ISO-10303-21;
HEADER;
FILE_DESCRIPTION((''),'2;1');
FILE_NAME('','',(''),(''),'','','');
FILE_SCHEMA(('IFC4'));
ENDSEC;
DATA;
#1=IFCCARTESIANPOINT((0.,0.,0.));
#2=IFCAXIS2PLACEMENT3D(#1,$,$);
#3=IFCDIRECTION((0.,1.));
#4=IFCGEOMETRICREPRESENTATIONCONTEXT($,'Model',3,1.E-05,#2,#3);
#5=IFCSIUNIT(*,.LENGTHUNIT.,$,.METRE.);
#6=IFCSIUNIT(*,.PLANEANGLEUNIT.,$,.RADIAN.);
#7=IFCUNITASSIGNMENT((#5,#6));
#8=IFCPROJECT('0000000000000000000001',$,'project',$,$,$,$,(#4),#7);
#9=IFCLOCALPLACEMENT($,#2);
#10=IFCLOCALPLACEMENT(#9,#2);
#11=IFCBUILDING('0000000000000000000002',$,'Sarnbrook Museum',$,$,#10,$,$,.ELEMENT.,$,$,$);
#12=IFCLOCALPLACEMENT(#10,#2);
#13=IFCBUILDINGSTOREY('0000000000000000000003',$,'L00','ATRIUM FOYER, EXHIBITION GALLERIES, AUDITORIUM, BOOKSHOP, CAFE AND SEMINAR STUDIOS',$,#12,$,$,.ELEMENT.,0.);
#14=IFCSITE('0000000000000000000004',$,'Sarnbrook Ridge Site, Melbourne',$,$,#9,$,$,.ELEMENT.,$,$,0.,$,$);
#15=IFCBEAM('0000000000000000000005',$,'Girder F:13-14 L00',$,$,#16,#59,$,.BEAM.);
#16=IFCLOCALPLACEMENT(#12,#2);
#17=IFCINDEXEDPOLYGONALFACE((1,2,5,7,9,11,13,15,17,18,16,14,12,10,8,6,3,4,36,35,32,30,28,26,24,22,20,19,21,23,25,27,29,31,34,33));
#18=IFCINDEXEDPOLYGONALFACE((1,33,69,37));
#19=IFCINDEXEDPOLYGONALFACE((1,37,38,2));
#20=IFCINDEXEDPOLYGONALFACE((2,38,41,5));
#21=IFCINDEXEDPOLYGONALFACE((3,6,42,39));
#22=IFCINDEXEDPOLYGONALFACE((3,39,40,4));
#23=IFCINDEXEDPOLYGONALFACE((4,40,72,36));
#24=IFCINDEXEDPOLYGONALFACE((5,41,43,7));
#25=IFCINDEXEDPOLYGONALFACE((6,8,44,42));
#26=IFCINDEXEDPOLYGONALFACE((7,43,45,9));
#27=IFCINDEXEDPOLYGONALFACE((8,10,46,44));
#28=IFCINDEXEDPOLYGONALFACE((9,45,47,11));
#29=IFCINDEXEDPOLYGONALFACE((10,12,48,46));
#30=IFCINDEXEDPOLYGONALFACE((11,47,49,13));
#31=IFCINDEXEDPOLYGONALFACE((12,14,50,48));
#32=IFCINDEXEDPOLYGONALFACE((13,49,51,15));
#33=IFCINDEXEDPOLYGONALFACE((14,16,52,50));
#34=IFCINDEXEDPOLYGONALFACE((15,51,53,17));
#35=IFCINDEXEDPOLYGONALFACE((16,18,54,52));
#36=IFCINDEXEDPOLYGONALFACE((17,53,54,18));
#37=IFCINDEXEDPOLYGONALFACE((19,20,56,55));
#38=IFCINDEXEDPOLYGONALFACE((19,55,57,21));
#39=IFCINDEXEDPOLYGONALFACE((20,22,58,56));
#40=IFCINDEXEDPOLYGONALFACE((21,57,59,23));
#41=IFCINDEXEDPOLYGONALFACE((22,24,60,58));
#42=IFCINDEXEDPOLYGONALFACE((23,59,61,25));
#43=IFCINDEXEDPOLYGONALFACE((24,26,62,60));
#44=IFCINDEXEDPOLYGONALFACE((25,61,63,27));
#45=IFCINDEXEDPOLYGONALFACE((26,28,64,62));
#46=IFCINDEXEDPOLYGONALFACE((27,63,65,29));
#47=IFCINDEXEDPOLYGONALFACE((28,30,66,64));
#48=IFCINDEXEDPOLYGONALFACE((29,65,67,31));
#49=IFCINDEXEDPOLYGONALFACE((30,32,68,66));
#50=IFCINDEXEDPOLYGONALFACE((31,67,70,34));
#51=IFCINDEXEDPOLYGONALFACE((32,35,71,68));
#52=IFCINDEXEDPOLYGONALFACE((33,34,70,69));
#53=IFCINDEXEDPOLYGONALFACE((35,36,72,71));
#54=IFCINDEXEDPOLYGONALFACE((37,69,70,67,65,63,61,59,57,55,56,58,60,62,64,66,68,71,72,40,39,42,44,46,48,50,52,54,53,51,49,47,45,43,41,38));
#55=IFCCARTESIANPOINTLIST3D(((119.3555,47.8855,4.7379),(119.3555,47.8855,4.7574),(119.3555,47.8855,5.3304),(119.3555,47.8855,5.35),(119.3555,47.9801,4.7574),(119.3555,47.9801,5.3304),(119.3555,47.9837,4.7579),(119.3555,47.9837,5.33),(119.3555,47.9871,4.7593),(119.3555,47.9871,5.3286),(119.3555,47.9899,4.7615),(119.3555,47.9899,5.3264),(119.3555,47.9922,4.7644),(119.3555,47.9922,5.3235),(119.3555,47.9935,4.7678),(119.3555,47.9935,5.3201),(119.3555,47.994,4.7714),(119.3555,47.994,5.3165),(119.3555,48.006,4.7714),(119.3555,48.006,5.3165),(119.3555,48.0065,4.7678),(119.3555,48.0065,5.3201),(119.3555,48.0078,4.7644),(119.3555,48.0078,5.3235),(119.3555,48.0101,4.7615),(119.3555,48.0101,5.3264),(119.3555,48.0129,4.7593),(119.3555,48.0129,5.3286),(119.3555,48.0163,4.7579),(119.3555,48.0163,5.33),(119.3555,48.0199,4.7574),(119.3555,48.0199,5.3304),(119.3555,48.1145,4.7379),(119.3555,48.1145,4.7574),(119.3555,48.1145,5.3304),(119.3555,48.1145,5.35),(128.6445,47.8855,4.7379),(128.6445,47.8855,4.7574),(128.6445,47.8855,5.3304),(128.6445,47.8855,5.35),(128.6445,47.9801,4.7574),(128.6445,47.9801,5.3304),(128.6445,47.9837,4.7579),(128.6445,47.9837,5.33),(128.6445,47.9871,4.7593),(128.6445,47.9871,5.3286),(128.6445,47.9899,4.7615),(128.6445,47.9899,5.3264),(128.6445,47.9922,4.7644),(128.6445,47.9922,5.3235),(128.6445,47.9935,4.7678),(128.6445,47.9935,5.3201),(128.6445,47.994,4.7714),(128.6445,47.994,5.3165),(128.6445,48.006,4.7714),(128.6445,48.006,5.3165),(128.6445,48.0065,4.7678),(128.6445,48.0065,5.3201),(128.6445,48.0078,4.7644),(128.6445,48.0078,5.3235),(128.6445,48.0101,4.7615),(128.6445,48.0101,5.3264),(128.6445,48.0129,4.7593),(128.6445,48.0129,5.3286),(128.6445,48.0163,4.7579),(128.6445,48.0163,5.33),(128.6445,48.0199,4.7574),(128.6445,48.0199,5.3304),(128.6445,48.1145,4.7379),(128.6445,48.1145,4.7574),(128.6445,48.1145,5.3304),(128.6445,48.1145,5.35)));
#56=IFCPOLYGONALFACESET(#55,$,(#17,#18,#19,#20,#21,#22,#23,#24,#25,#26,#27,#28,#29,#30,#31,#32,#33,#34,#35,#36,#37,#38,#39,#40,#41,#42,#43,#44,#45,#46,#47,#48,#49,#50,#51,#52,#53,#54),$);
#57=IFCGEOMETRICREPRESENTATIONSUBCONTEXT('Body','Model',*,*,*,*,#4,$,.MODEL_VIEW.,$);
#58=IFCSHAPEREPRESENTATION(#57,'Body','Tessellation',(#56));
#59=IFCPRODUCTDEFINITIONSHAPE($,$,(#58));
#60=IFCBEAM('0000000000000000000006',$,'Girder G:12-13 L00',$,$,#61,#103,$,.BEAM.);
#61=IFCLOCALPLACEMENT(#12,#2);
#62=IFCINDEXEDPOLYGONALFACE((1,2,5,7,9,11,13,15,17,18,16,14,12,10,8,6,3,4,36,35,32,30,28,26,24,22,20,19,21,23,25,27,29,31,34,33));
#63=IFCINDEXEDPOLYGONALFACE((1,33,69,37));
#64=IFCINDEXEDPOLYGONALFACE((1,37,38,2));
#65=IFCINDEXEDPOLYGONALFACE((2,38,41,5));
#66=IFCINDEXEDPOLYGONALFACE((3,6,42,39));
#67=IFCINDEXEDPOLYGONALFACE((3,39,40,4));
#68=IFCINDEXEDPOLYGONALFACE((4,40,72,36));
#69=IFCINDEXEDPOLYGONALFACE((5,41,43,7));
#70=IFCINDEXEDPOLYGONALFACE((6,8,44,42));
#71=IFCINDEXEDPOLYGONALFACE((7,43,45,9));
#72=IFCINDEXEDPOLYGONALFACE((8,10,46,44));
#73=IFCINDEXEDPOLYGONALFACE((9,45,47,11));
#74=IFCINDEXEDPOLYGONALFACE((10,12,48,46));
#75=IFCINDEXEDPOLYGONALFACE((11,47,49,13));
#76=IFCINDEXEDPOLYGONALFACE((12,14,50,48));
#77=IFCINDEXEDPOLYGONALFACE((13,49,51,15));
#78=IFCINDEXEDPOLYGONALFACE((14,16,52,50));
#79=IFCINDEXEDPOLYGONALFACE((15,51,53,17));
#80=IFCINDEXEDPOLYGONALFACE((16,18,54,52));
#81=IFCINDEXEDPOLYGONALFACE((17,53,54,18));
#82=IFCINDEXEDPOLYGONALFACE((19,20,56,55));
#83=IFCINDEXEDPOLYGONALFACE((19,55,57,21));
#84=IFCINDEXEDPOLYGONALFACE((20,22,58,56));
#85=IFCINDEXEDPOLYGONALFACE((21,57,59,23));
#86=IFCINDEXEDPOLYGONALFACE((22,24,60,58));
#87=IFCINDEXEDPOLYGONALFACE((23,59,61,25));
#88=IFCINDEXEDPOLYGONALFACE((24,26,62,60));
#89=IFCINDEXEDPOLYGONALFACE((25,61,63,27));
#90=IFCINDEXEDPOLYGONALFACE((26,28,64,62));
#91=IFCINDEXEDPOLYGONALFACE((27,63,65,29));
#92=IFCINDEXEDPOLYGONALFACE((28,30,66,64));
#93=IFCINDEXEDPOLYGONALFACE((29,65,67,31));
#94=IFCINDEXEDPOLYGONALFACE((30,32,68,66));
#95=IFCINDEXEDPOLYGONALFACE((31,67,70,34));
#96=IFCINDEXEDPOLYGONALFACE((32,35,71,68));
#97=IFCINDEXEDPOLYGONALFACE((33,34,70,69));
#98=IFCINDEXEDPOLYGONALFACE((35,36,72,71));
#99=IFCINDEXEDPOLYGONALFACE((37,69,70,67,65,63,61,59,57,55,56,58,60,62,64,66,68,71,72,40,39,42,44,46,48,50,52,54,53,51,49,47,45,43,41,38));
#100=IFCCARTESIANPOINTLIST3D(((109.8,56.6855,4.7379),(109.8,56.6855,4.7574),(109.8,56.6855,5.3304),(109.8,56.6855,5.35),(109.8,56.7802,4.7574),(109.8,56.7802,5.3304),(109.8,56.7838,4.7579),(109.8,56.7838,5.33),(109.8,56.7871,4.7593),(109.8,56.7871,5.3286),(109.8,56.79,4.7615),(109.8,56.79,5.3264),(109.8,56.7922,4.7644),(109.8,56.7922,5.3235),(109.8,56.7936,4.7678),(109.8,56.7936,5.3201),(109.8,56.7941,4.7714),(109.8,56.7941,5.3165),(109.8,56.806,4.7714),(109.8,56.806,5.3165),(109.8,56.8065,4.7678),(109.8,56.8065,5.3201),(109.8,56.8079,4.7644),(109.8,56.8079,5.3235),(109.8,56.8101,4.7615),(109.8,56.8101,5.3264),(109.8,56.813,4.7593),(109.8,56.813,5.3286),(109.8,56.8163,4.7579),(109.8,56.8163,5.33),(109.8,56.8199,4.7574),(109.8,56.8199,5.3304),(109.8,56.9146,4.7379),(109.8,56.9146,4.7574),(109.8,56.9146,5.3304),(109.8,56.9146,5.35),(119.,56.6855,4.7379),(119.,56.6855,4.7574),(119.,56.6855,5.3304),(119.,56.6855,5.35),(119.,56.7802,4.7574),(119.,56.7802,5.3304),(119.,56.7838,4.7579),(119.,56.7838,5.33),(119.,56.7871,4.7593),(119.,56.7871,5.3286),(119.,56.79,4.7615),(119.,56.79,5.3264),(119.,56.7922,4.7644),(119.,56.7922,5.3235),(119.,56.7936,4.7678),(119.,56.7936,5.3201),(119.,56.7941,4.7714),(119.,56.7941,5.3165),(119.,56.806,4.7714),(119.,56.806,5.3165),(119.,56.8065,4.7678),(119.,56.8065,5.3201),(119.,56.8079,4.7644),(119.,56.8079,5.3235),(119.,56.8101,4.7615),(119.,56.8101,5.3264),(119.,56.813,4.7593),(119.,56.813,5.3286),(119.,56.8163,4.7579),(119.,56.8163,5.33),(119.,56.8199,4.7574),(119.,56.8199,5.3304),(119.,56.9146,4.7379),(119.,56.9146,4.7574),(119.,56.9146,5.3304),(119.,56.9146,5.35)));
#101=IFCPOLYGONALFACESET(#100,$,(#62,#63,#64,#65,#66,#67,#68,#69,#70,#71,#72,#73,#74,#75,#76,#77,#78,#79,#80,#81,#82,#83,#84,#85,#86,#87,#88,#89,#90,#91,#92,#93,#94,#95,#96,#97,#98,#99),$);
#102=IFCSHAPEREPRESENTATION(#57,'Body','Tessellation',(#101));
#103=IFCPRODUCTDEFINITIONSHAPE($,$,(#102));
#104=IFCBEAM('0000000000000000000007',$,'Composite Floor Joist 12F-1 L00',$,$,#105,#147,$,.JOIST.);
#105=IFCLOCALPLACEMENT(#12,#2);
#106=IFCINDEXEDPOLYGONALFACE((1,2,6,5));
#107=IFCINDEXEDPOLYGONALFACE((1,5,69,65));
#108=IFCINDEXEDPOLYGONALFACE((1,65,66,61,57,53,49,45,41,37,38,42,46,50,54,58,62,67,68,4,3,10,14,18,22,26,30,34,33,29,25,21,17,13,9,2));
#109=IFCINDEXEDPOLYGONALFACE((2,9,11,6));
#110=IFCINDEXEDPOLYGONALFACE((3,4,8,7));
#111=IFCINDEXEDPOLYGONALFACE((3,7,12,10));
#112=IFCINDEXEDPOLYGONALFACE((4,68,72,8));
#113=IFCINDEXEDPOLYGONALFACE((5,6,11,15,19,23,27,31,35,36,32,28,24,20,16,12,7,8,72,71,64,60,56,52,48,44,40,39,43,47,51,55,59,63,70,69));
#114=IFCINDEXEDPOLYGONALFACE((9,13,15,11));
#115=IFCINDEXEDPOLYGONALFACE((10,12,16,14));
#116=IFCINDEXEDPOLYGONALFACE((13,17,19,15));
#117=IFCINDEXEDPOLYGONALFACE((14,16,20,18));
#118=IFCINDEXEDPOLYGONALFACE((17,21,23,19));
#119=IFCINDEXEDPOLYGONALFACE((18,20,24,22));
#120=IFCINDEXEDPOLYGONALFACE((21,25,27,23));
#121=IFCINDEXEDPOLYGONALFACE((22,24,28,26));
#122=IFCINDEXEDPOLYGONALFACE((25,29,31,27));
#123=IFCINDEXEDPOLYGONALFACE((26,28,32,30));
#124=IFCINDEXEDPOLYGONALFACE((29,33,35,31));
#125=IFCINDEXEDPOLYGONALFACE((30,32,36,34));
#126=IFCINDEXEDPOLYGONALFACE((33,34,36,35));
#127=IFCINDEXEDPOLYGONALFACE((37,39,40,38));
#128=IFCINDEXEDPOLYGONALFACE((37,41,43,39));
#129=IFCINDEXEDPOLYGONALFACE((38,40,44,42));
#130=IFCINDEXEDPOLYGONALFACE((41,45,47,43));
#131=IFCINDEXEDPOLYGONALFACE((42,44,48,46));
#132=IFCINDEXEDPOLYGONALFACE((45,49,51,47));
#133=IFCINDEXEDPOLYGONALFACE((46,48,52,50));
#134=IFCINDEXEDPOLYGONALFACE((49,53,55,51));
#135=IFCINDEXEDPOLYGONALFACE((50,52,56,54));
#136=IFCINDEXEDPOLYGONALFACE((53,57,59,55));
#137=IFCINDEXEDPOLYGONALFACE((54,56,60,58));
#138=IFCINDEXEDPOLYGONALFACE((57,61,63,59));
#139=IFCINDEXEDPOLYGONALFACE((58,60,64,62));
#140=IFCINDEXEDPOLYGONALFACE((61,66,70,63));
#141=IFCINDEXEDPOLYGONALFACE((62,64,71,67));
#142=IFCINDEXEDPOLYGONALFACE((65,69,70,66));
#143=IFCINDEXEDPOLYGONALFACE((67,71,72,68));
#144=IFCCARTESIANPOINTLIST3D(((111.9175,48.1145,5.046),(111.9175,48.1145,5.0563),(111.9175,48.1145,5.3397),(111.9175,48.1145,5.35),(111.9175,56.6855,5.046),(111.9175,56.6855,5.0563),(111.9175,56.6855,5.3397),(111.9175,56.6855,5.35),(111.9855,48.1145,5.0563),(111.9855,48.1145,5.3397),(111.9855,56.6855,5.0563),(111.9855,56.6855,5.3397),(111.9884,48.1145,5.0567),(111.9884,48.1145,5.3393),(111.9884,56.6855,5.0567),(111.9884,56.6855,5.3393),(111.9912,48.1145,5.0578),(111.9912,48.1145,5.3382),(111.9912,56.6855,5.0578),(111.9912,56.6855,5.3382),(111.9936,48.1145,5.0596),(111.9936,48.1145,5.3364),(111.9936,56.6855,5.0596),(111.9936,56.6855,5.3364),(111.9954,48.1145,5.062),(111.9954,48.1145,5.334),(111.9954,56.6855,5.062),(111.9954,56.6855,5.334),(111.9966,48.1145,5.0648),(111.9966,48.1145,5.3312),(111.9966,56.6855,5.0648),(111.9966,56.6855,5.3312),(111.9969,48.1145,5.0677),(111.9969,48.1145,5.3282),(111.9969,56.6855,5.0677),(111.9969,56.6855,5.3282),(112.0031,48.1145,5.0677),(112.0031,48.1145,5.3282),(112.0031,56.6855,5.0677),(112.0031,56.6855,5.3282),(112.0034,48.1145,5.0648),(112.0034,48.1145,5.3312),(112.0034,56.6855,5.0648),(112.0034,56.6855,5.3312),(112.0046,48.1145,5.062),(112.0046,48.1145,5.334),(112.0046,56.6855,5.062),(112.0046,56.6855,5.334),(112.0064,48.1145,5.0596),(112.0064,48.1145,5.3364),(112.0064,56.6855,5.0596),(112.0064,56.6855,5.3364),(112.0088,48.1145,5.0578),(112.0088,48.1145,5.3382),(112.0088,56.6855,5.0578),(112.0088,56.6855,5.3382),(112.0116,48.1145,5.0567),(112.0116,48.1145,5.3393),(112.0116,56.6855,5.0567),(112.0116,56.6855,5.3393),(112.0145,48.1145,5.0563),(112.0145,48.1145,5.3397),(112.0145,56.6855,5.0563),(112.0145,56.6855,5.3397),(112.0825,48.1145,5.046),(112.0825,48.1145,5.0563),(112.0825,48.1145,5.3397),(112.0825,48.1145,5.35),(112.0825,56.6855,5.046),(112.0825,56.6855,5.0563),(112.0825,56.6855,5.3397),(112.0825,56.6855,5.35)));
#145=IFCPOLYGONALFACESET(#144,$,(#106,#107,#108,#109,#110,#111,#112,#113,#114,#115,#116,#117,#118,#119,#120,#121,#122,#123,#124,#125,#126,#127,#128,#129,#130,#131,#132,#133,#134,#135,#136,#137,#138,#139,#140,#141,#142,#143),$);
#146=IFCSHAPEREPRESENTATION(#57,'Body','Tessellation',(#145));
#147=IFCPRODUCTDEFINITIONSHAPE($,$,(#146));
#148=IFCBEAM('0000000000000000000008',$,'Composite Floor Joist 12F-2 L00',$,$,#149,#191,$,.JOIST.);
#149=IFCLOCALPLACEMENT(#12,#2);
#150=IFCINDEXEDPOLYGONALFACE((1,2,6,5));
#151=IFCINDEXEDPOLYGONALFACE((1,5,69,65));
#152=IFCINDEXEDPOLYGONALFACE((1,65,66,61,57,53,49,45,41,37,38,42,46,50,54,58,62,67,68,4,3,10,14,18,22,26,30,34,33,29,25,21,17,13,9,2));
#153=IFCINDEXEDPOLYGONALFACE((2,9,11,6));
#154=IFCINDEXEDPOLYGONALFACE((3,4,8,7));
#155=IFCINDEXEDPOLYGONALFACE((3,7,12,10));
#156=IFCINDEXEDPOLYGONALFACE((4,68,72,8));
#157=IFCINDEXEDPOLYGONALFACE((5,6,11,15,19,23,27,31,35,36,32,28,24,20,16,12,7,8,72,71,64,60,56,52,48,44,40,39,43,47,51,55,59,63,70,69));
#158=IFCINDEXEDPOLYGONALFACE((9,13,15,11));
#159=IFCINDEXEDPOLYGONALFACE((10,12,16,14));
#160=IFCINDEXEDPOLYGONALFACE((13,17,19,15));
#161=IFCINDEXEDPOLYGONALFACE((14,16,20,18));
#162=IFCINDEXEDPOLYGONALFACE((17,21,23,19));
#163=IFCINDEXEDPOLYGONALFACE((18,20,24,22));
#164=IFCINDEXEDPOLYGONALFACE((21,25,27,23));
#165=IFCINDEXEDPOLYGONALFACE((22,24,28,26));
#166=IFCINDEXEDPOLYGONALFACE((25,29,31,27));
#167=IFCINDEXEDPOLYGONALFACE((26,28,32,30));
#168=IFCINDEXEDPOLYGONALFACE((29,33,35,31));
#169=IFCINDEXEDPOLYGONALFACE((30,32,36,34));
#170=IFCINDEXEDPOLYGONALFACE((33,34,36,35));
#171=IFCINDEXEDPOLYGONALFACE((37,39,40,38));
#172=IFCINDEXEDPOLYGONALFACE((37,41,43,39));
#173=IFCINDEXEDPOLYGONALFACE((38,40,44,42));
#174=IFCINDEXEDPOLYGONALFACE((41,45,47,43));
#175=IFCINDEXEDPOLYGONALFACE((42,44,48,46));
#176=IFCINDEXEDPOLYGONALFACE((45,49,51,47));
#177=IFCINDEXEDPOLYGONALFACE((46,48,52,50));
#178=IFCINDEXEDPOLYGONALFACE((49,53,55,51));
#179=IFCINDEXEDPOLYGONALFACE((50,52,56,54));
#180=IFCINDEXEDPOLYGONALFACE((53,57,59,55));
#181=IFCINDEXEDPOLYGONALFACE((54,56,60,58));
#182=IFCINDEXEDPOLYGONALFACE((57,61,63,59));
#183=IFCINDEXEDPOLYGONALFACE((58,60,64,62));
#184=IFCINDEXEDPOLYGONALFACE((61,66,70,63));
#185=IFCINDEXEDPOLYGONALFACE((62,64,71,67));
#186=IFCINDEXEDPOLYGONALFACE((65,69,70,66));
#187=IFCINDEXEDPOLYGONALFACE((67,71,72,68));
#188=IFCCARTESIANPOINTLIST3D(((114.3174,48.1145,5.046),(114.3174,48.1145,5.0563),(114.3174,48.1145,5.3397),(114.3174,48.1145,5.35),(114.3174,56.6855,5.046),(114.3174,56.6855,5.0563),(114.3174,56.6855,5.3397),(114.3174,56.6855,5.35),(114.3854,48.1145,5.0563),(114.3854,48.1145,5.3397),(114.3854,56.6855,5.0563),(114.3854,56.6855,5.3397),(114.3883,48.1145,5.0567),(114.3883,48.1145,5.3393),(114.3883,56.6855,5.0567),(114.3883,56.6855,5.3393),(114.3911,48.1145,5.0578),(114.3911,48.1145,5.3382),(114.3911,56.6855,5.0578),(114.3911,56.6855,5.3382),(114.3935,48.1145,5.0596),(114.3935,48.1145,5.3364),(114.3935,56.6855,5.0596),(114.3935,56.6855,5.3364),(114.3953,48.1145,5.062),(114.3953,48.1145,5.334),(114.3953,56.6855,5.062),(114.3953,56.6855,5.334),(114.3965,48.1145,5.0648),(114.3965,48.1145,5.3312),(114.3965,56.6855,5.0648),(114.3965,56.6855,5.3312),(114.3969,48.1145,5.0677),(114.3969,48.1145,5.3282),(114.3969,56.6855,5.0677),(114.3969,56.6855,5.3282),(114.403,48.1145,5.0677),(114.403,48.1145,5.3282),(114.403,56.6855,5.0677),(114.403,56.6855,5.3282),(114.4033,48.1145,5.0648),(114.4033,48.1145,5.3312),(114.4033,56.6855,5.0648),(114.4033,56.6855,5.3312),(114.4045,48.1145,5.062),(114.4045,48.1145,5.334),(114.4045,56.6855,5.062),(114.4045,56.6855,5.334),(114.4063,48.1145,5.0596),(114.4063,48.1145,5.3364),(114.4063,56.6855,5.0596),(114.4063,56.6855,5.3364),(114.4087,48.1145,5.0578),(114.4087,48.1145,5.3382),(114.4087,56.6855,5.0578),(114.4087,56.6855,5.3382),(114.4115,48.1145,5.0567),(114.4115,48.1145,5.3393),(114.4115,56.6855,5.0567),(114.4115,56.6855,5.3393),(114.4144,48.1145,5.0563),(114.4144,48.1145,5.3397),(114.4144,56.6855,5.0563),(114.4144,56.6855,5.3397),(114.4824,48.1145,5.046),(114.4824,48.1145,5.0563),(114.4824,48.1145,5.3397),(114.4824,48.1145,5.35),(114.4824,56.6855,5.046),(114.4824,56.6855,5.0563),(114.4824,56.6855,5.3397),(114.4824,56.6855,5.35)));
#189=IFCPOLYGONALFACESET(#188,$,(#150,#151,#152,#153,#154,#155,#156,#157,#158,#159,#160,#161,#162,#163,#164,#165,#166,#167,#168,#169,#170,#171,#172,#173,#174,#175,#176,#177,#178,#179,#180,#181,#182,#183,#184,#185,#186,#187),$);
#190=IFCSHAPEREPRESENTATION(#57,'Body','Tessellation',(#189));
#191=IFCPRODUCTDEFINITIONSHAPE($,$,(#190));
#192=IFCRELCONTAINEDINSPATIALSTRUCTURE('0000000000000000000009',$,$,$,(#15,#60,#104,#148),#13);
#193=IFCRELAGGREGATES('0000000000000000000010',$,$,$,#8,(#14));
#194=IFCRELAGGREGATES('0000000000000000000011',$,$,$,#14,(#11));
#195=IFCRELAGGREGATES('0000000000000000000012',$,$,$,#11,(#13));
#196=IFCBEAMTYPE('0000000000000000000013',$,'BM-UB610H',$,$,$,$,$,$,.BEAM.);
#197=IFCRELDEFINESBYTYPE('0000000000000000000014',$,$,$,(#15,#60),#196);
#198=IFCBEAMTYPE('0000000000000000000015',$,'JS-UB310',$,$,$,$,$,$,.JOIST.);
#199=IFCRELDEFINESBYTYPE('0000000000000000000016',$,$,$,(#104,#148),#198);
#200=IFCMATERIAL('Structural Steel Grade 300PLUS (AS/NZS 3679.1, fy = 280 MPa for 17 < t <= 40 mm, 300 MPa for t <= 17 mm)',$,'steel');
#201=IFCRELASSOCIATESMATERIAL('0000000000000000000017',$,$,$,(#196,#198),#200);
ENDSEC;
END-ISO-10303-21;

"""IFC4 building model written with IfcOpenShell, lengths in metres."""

from ifc_helpers import new_model, si_unit, direction, frame, origin, origin_2d, place, context, subcontext, project, spatial, i_section, extrude, material, material_profile, profile_set, type_object, element, save


model = new_model("IFC4")

# Units and contexts
model_context = context("Model", 3, precision=1e-05, world=origin(), true_north=direction((0.0, 1.0)))
body_context = subcontext(model_context, "Body", "Model", "MODEL_VIEW")
ifc_project = project(units=[si_unit("LENGTHUNIT", "METRE"), si_unit("PLANEANGLEUNIT", "RADIAN")], contexts=[model_context])

# Site, building, storey
site_placement = place(None, origin())
site = spatial("IfcSite", under=ifc_project, at=site_placement, Name="Sarnbrook Ridge Site, Melbourne", CompositionType="ELEMENT", RefElevation=0.0)
building_placement = place(site_placement, origin())
building = spatial("IfcBuilding", under=site, at=building_placement, Name="Sarnbrook Museum", CompositionType="ELEMENT")
storey_placement = place(building_placement, origin())
storey = spatial("IfcBuildingStorey", under=building, at=storey_placement, Name="L00", Description="ATRIUM FOYER, EXHIBITION GALLERIES, AUDITORIUM, BOOKSHOP, CAFE AND SEMINAR STUDIOS", CompositionType="ELEMENT", Elevation=0.0)

# Shared definitions
ifc_material_1 = material(Name="Structural Steel Grade 300PLUS (AS/NZS 3679.1, fy = 280 MPa for 17 < t <= 40 mm, 300 MPa for t <= 17 mm)", Category="steel")

# Beams
ifc_material_profile_1 = material_profile(ifc_material_1, i_section(OverallWidth=0.229, OverallDepth=0.6121, WebThickness=0.012, FlangeThickness=0.0195, FilletRadius=0.0139, at=origin_2d()), Name="610UB125")
ifc_profile_set_1 = profile_set([ifc_material_profile_1], Name="Structural Steel Grade 300PLUS (AS/NZS 3679.1, fy = 280 MPa for 17 < t <= 40 mm, 300 MPa for t <= 17 mm)")
beam_type_1 = type_object("IfcBeamType", Name="BM-UB610H", PredefinedType="BEAM", material=ifc_profile_set_1)
beam_1_placement = place(storey_placement, frame((119.3555, 48.0, 5.0439), z_axis=(1.0, 0.0, 0.0), x_axis=(0.0, 1.0, 0.0)))
element("IfcBeam", 1, at=beam_1_placement, inside=storey, type_object=beam_type_1, Name="Girder F:13-14 L00", PredefinedType="BEAM", context=body_context, shape_type="SweptSolid", body=[
    extrude(i_section(OverallWidth=0.229, OverallDepth=0.6121, WebThickness=0.012, FlangeThickness=0.0195, FilletRadius=0.0139, at=origin_2d()), origin(), (0.0, 0.0, 1.0), 9.2891),
])
beam_2_placement = place(storey_placement, frame((109.8, 56.8, 5.0439), z_axis=(1.0, 0.0, 0.0), x_axis=(0.0, 1.0, 0.0)))
element("IfcBeam", 2, at=beam_2_placement, inside=storey, type_object=beam_type_1, Name="Girder G:12-13 L00", PredefinedType="BEAM", context=body_context, shape_type="SweptSolid", body=[
    extrude(i_section(OverallWidth=0.229, OverallDepth=0.6121, WebThickness=0.012, FlangeThickness=0.0195, FilletRadius=0.0139, at=origin_2d()), origin(), (0.0, 0.0, 1.0), 9.2),
])
ifc_material_profile_2 = material_profile(ifc_material_1, i_section(OverallWidth=0.165, OverallDepth=0.304, WebThickness=0.0061, FlangeThickness=0.0103, FilletRadius=0.0115, at=origin_2d()), Name="310UB40.4")
ifc_profile_set_2 = profile_set([ifc_material_profile_2], Name="Structural Steel Grade 300PLUS (AS/NZS 3679.1, fy = 280 MPa for 17 < t <= 40 mm, 300 MPa for t <= 17 mm)")
beam_type_2 = type_object("IfcBeamType", Name="JS-UB310", PredefinedType="JOIST", material=ifc_profile_set_2)
for number, where, z_axis, x_axis, name in (
    (3, (112.0, 48.1145, 5.198), (0.0, 1.0, 0.0), (-1.0, 0.0, 0.0), "Composite Floor Joist 12F-1 L00"),
    (4, (114.3999, 48.1145, 5.198), (0.0, 1.0, 0.0), (-1.0, 0.0, 0.0), "Composite Floor Joist 12F-2 L00"),
):
    element("IfcBeam", number, at=place(storey_placement, frame(where, z_axis=z_axis, x_axis=x_axis)), inside=storey, type_object=beam_type_2, Name=name, PredefinedType="JOIST", context=body_context, shape_type="SweptSolid", body=[
        extrude(i_section(OverallWidth=0.165, OverallDepth=0.304, WebThickness=0.0061, FlangeThickness=0.0103, FilletRadius=0.0115, at=origin_2d()), origin(), (0.0, 0.0, 1.0), 8.571),
    ])

save(model, "model.ifc")
